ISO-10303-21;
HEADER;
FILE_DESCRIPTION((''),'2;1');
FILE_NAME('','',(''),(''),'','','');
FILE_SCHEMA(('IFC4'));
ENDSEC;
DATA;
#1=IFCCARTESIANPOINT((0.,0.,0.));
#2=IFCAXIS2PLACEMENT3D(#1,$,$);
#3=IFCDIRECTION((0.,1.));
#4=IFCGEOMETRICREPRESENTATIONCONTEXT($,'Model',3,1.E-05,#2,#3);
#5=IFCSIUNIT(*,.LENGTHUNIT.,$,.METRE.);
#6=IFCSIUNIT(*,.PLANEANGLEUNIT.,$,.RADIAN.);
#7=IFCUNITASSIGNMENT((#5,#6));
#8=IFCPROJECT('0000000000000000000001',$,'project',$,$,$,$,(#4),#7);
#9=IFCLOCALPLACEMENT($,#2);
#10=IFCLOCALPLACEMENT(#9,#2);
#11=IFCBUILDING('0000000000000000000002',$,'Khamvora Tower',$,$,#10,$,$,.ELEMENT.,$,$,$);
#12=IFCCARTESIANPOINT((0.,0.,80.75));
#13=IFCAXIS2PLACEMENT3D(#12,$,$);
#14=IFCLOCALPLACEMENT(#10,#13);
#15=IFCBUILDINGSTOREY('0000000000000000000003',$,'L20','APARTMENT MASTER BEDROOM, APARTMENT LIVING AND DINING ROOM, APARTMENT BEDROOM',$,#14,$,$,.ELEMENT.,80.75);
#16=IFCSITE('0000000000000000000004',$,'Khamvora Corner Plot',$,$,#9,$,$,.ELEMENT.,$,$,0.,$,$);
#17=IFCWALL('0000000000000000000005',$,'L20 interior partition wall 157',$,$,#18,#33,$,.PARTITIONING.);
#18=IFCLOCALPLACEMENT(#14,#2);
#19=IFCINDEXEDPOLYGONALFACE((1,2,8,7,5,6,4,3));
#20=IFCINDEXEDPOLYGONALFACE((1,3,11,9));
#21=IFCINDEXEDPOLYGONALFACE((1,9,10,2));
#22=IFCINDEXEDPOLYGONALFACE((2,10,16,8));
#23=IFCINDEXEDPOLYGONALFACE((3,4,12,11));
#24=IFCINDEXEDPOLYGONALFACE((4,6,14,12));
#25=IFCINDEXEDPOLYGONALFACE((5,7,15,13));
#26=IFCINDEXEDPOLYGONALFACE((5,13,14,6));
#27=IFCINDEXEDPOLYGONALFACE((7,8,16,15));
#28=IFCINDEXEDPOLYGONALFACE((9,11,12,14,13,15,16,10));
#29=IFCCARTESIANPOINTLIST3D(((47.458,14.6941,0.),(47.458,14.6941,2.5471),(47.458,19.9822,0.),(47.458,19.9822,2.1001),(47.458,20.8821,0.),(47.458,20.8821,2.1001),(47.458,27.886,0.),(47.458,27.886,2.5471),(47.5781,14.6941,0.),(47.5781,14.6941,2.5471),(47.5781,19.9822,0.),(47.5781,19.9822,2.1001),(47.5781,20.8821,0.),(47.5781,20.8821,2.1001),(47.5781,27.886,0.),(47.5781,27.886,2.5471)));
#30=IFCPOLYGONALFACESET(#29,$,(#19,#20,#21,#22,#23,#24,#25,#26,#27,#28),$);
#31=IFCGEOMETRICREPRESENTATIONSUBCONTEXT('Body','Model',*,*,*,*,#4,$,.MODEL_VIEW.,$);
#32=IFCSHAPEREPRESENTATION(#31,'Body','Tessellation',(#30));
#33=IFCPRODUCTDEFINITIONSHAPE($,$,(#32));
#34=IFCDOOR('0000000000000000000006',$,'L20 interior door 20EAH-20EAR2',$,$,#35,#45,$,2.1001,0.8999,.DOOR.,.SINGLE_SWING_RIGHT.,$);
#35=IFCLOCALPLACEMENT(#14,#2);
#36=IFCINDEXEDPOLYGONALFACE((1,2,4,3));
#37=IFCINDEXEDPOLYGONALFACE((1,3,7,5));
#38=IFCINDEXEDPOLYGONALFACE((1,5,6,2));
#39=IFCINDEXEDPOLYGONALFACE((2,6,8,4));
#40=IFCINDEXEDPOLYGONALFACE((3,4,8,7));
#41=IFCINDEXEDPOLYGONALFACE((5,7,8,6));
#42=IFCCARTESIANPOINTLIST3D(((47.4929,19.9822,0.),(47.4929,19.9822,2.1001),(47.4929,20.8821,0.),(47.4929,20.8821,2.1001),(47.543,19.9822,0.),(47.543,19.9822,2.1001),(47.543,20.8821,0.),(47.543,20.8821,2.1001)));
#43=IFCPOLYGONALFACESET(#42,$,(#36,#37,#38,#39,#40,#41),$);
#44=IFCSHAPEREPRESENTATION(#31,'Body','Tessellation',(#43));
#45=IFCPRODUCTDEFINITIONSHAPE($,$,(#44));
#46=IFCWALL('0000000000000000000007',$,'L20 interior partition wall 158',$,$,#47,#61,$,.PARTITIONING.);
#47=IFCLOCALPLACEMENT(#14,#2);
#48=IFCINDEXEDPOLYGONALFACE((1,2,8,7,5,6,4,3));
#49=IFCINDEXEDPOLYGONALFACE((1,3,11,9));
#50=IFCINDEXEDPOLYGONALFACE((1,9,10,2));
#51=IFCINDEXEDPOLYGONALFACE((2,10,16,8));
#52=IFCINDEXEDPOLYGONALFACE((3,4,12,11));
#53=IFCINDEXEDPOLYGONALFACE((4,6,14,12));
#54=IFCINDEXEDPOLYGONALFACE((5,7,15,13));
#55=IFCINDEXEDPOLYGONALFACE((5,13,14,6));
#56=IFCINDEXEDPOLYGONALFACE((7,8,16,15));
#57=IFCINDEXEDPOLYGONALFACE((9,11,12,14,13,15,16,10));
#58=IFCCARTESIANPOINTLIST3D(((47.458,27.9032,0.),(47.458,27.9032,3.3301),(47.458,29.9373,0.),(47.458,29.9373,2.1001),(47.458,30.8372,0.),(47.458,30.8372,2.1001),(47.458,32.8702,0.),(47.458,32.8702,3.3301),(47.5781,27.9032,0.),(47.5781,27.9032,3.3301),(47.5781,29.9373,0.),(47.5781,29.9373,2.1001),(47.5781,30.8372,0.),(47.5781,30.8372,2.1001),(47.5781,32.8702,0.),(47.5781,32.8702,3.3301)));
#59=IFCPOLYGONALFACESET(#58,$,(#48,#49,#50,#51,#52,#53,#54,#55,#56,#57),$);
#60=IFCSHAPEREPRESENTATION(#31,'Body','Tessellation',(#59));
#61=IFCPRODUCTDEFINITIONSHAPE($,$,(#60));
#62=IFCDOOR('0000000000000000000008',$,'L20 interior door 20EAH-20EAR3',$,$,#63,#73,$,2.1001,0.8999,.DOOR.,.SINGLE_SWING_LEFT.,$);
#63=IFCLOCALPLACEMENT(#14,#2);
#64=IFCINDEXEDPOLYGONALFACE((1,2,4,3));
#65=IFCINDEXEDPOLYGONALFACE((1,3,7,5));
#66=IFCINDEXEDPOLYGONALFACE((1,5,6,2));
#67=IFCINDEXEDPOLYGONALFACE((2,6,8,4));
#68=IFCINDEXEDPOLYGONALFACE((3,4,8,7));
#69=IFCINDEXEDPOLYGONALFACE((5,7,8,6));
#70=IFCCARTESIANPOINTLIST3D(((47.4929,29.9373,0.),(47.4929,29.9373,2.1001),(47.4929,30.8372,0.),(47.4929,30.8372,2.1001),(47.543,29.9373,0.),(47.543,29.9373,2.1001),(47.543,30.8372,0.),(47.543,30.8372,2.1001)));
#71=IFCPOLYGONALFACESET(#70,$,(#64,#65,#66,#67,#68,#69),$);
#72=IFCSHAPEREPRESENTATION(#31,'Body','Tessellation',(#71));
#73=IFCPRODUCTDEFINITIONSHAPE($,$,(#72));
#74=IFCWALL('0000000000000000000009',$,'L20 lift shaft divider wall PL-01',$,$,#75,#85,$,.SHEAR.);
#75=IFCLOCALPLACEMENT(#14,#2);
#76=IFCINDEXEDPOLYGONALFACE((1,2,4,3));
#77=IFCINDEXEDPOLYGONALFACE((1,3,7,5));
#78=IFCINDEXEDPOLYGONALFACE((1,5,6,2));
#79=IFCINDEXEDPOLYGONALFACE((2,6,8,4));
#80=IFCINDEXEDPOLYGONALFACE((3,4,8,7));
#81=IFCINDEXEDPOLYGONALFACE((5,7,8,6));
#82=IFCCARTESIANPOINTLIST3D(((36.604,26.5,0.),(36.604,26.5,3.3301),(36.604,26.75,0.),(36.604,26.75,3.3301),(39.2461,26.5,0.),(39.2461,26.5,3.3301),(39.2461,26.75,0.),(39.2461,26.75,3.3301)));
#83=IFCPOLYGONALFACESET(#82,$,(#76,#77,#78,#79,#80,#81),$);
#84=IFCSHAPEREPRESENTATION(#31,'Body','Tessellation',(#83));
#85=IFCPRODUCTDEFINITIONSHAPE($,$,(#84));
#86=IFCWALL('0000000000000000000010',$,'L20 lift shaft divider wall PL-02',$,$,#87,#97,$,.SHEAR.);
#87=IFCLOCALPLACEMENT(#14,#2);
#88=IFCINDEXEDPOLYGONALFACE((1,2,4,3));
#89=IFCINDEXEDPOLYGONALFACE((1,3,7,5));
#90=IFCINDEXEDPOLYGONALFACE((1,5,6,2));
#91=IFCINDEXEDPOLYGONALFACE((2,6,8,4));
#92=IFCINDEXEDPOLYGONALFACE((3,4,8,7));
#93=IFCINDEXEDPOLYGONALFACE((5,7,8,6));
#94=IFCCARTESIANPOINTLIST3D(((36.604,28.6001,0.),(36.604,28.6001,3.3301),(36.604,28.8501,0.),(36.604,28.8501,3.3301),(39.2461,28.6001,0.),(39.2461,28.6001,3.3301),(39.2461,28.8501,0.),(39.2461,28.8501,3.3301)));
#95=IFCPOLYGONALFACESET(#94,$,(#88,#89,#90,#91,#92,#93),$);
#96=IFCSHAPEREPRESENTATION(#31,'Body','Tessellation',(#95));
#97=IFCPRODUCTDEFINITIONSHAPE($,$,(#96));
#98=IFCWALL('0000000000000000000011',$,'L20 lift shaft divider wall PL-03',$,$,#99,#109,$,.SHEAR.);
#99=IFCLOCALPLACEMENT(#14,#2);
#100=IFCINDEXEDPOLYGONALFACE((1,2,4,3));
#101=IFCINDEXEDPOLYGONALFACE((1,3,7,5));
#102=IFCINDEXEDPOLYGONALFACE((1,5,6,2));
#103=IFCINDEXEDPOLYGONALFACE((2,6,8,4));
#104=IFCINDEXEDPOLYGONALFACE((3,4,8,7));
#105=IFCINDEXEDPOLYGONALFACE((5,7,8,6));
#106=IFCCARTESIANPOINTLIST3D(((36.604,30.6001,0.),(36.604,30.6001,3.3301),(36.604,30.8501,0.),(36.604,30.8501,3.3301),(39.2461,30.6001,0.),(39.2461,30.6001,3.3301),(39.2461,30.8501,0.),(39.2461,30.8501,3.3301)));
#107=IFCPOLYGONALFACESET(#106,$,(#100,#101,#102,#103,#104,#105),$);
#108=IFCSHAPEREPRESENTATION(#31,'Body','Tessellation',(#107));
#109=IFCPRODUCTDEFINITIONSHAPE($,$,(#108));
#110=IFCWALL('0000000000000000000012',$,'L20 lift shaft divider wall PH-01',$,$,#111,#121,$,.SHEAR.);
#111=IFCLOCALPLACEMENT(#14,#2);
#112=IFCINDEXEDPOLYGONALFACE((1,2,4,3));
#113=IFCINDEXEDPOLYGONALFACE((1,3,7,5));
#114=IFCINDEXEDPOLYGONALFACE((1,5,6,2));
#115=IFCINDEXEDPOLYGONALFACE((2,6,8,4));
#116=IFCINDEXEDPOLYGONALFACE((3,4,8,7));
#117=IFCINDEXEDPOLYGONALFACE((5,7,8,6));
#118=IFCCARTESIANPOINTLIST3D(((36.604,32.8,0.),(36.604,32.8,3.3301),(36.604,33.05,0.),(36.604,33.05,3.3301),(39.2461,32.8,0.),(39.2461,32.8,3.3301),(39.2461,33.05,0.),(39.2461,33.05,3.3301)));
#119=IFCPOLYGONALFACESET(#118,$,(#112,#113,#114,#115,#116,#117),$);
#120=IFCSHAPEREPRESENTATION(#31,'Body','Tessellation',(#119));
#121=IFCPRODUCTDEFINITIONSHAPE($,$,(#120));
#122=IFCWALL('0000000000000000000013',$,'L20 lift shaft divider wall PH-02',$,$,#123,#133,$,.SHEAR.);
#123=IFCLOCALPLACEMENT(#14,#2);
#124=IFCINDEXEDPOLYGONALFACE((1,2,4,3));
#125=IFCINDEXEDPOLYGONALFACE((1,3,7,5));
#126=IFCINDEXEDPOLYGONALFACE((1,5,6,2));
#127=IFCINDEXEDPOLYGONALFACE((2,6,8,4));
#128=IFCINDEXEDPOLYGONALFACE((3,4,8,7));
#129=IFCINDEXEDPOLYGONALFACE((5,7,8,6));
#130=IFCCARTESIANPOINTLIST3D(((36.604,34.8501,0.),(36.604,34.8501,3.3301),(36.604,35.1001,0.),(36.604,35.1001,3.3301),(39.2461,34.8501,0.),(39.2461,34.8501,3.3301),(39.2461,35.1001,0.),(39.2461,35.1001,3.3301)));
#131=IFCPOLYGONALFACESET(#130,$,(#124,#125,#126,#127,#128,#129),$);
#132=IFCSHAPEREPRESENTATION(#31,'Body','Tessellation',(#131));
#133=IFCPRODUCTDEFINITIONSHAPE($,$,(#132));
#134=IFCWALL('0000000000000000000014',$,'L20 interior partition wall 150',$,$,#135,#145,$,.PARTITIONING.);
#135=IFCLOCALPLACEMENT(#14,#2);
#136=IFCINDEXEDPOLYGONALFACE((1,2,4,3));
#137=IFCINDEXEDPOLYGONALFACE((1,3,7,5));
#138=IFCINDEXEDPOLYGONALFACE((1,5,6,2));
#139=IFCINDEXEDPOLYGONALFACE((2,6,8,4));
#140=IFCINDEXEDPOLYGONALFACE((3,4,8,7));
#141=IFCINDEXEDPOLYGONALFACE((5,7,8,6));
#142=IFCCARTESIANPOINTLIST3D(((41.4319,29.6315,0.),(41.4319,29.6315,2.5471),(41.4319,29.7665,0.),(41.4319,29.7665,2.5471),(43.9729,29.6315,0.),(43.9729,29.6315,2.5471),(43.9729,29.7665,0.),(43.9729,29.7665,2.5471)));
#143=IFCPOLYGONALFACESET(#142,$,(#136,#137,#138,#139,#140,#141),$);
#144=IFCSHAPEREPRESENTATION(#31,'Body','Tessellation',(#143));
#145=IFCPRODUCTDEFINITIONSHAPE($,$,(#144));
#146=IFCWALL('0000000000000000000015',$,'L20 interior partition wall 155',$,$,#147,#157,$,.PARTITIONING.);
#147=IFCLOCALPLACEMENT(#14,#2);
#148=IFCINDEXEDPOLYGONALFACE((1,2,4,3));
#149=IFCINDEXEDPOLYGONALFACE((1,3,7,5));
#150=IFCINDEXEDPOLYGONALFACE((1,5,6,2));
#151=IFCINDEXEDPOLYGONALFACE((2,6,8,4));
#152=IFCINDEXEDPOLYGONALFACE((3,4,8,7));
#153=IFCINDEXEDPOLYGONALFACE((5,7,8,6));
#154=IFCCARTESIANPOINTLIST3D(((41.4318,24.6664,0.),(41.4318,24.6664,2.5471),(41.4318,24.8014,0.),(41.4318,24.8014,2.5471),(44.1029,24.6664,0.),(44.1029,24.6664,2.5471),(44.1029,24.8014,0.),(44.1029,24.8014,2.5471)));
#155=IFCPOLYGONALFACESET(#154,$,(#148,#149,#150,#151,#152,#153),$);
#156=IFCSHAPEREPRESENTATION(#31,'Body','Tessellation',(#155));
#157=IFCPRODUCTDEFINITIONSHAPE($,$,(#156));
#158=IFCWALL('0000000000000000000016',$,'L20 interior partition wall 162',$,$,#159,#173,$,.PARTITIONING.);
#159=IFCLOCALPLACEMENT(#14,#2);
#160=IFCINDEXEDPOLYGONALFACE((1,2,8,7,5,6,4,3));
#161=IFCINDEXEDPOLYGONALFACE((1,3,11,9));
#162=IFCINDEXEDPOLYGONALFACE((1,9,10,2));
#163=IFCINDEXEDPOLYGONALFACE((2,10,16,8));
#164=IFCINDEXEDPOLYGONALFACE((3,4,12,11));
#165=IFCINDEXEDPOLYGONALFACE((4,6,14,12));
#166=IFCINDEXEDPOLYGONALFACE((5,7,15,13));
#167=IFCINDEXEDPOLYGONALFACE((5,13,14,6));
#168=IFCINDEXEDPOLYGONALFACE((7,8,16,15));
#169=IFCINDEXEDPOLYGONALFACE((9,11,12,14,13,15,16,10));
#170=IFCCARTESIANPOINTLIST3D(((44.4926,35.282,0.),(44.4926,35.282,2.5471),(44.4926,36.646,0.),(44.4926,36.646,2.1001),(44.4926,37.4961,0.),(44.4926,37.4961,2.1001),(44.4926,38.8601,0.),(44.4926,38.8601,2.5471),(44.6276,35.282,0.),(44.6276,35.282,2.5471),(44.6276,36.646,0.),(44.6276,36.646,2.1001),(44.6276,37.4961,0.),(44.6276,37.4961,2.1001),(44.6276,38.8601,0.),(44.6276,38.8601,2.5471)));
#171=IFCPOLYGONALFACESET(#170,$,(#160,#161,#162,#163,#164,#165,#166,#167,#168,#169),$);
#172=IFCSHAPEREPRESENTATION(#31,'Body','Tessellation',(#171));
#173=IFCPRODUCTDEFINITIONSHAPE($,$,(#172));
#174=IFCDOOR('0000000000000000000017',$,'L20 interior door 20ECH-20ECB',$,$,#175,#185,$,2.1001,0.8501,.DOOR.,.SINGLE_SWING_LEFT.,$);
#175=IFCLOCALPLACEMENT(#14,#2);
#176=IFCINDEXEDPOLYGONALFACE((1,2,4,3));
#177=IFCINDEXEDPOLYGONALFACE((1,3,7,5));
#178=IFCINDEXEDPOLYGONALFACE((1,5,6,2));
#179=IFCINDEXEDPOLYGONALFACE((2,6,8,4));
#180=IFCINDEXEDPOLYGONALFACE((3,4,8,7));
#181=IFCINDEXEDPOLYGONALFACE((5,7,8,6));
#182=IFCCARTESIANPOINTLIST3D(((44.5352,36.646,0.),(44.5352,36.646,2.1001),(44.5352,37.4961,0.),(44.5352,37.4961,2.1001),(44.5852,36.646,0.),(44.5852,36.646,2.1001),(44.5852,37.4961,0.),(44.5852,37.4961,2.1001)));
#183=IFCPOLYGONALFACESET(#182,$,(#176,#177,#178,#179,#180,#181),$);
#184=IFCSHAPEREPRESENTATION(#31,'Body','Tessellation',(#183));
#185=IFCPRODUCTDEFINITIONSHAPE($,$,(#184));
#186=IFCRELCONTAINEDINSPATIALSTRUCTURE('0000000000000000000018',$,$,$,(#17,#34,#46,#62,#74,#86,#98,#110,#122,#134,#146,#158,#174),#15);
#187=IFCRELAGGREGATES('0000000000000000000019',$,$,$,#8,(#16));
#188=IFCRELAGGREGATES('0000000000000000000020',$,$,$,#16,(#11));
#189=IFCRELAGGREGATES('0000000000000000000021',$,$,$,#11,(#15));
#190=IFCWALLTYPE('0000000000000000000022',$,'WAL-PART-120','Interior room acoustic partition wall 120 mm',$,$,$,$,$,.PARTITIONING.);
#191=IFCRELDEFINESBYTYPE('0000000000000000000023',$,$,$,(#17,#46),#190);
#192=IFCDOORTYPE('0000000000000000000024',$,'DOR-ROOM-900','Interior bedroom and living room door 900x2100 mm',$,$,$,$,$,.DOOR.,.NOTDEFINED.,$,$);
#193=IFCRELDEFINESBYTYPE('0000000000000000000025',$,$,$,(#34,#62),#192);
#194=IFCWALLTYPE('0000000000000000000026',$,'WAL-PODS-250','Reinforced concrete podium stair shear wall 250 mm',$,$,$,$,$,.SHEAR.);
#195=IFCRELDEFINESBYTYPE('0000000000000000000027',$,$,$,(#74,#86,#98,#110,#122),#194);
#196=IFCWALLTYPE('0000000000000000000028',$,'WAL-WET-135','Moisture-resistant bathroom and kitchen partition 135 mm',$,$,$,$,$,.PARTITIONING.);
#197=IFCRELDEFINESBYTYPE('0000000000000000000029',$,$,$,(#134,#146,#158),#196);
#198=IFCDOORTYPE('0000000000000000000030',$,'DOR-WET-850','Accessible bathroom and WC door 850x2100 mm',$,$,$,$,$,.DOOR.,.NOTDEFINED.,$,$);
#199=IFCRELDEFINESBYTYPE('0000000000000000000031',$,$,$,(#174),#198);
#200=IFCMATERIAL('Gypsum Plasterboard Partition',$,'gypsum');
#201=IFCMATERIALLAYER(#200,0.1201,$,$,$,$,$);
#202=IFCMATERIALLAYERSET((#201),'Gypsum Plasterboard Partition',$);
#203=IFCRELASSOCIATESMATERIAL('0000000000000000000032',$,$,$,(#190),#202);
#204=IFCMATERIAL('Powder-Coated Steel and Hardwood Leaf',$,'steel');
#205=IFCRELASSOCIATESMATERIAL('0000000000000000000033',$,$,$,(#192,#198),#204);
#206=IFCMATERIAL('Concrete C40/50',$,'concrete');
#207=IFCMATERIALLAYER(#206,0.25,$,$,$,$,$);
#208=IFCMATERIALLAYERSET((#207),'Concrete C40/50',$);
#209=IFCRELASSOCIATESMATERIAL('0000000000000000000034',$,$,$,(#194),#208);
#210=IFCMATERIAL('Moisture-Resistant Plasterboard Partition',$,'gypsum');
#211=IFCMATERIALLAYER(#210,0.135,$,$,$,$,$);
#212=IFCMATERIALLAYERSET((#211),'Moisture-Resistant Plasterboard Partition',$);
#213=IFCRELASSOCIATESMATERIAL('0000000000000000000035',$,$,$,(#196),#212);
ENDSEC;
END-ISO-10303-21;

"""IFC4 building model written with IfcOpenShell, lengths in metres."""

from ifc_helpers import new_model, si_unit, direction, frame, frame_2d, origin, place, context, subcontext, project, spatial, rectangle, extrude, material, layer, layer_set, type_object, element, fill, save


model = new_model("IFC4")

# Units and contexts
model_context = context("Model", 3, precision=1e-05, world=origin(), true_north=direction((0.0, 1.0)))
body_context = subcontext(model_context, "Body", "Model", "MODEL_VIEW")
ifc_project = project(units=[si_unit("LENGTHUNIT", "METRE"), si_unit("PLANEANGLEUNIT", "RADIAN")], contexts=[model_context])

# Site, building, storey
site_placement = place(None, origin())
site = spatial("IfcSite", under=ifc_project, at=site_placement, Name="Khamvora Corner Plot", CompositionType="ELEMENT", RefElevation=0.0)
building_placement = place(site_placement, origin())
building = spatial("IfcBuilding", under=site, at=building_placement, Name="Khamvora Tower", CompositionType="ELEMENT")
storey_placement = place(building_placement, frame((0.0, 0.0, 80.75)))
storey = spatial("IfcBuildingStorey", under=building, at=storey_placement, Name="L20", Description="APARTMENT MASTER BEDROOM, APARTMENT LIVING AND DINING ROOM, APARTMENT BEDROOM", CompositionType="ELEMENT", Elevation=80.75)

# Shared definitions
ifc_material_1 = material(Name="Powder-Coated Steel and Hardwood Leaf", Category="steel")

# Walls, openings, doors
ifc_material_2 = material(Name="Gypsum Plasterboard Partition", Category="gypsum")
ifc_layer_1 = layer(ifc_material_2, 0.1201)
ifc_layer_set_1 = layer_set([ifc_layer_1], Name="Gypsum Plasterboard Partition")
wall_type_1 = type_object("IfcWallType", Name="WAL-PART-120", Description="Interior room acoustic partition wall 120 mm", PredefinedType="PARTITIONING", material=ifc_layer_set_1)
door_type_1 = type_object("IfcDoorType", Name="DOR-ROOM-900", Description="Interior bedroom and living room door 900x2100 mm", OperationType="NOTDEFINED", PredefinedType="DOOR", material=ifc_material_1)
wall_1_placement = place(storey_placement, frame((47.5181, 27.886, 0.0), z_axis=(0.0, 0.0, 1.0), x_axis=(0.0, -1.0, 0.0)))
wall_1 = element("IfcWall", 1, at=wall_1_placement, inside=storey, type_object=wall_type_1, Name="L20 interior partition wall 157", PredefinedType="PARTITIONING", context=body_context, shape_type="SweptSolid", body=[
    extrude(rectangle(XDim=13.1919, YDim=0.1201, at=frame_2d((6.5959, 0.0))), origin(), (0.0, 0.0, 1.0), 2.5471),
])
opening_1_placement = place(wall_1_placement, frame((7.0039, 0.0, 0.0)))
opening_1 = element("IfcOpeningElement", 2, at=opening_1_placement, cuts=wall_1, PredefinedType="OPENING", context=body_context, shape_type="SweptSolid", body=[
    extrude(rectangle(XDim=0.8999, YDim=2.1001, at=frame_2d((0.45, 1.05))), frame((0.0, 0.0701, 0.0), z_axis=(0.0, -1.0, 0.0), x_axis=(1.0, 0.0, 0.0)), (0.0, 0.0, 1.0), 0.1401),
])
door_1_placement = place(opening_1_placement, origin())
door_1 = element("IfcDoor", 3, at=door_1_placement, inside=storey, type_object=door_type_1, Name="L20 interior door 20EAH-20EAR2", OperationType="SINGLE_SWING_RIGHT", OverallHeight=2.1001, OverallWidth=0.8999, PredefinedType="DOOR", context=body_context, shape_type="SweptSolid", body=[
    extrude(rectangle(XDim=0.8999, YDim=2.1001, at=frame_2d((0.45, 1.05))), frame((0.0, 0.0249, 0.0), z_axis=(0.0, -1.0, 0.0), x_axis=(1.0, 0.0, 0.0)), (0.0, 0.0, 1.0), 0.05),
])
fill(opening_1, door_1)
wall_2_placement = place(storey_placement, frame((47.5181, 32.8701, 0.0), z_axis=(0.0, 0.0, 1.0), x_axis=(0.0, -1.0, 0.0)))
wall_2 = element("IfcWall", 4, at=wall_2_placement, inside=storey, type_object=wall_type_1, Name="L20 interior partition wall 158", PredefinedType="PARTITIONING", context=body_context, shape_type="SweptSolid", body=[
    extrude(rectangle(XDim=4.967, YDim=0.1201, at=frame_2d((2.4834, 0.0))), origin(), (0.0, 0.0, 1.0), 3.3301),
])
opening_2_placement = place(wall_2_placement, frame((2.033, 0.0, 0.0)))
opening_2 = element("IfcOpeningElement", 5, at=opening_2_placement, cuts=wall_2, PredefinedType="OPENING", context=body_context, shape_type="SweptSolid", body=[
    extrude(rectangle(XDim=0.8999, YDim=2.1001, at=frame_2d((0.45, 1.05))), frame((0.0, 0.0701, 0.0), z_axis=(0.0, -1.0, 0.0), x_axis=(1.0, 0.0, 0.0)), (0.0, 0.0, 1.0), 0.1401),
])
door_2_placement = place(opening_2_placement, origin())
door_2 = element("IfcDoor", 6, at=door_2_placement, inside=storey, type_object=door_type_1, Name="L20 interior door 20EAH-20EAR3", OperationType="SINGLE_SWING_LEFT", OverallHeight=2.1001, OverallWidth=0.8999, PredefinedType="DOOR", context=body_context, shape_type="SweptSolid", body=[
    extrude(rectangle(XDim=0.8999, YDim=2.1001, at=frame_2d((0.45, 1.05))), frame((0.0, 0.0249, 0.0), z_axis=(0.0, -1.0, 0.0), x_axis=(1.0, 0.0, 0.0)), (0.0, 0.0, 1.0), 0.05),
])
fill(opening_2, door_2)

# Walls
ifc_material_3 = material(Name="Concrete C40/50", Category="concrete")
ifc_layer_2 = layer(ifc_material_3, 0.25)
ifc_layer_set_2 = layer_set([ifc_layer_2], Name="Concrete C40/50")
wall_type_2 = type_object("IfcWallType", Name="WAL-PODS-250", Description="Reinforced concrete podium stair shear wall 250 mm", PredefinedType="SHEAR", material=ifc_layer_set_2)
for number, where, z_axis, x_axis, name in (
    (7, (36.604, 26.625, 0.0), (0.0, 0.0, 1.0), (1.0, 0.0, 0.0), "L20 lift shaft divider wall PL-01"),
    (8, (36.604, 28.7251, 0.0), (0.0, 0.0, 1.0), (1.0, 0.0, 0.0), "L20 lift shaft divider wall PL-02"),
    (9, (36.604, 30.7251, 0.0), (0.0, 0.0, 1.0), (1.0, 0.0, 0.0), "L20 lift shaft divider wall PL-03"),
    (10, (36.604, 32.925, 0.0), (0.0, 0.0, 1.0), (1.0, 0.0, 0.0), "L20 lift shaft divider wall PH-01"),
    (11, (36.604, 34.9751, 0.0), (0.0, 0.0, 1.0), (1.0, 0.0, 0.0), "L20 lift shaft divider wall PH-02"),
):
    element("IfcWall", number, at=place(storey_placement, frame(where, z_axis=z_axis, x_axis=x_axis)), inside=storey, type_object=wall_type_2, Name=name, PredefinedType="SHEAR", context=body_context, shape_type="SweptSolid", body=[
        extrude(rectangle(XDim=2.6421, YDim=0.25, at=frame_2d((1.321, 0.0))), origin(), (0.0, 0.0, 1.0), 3.3301),
    ])
ifc_material_4 = material(Name="Moisture-Resistant Plasterboard Partition", Category="gypsum")
ifc_layer_3 = layer(ifc_material_4, 0.135)
ifc_layer_set_3 = layer_set([ifc_layer_3], Name="Moisture-Resistant Plasterboard Partition")
wall_type_3 = type_object("IfcWallType", Name="WAL-WET-135", Description="Moisture-resistant bathroom and kitchen partition 135 mm", PredefinedType="PARTITIONING", material=ifc_layer_set_3)
wall_3_placement = place(storey_placement, frame((43.9729, 29.699, 0.0), z_axis=(0.0, 0.0, 1.0), x_axis=(-1.0, 0.0, 0.0)))
element("IfcWall", 12, at=wall_3_placement, inside=storey, type_object=wall_type_3, Name="L20 interior partition wall 150", PredefinedType="PARTITIONING", context=body_context, shape_type="SweptSolid", body=[
    extrude(rectangle(XDim=2.541, YDim=0.135, at=frame_2d((1.2705, 0.0))), origin(), (0.0, 0.0, 1.0), 2.5471),
])
wall_4_placement = place(storey_placement, frame((41.4319, 24.7339, 0.0), z_axis=(0.0, 0.0, 1.0), x_axis=(1.0, 0.0, 0.0)))
element("IfcWall", 13, at=wall_4_placement, inside=storey, type_object=wall_type_3, Name="L20 interior partition wall 155", PredefinedType="PARTITIONING", context=body_context, shape_type="SweptSolid", body=[
    extrude(rectangle(XDim=2.6711, YDim=0.135, at=frame_2d((1.3354, 0.0))), origin(), (0.0, 0.0, 1.0), 2.5471),
])

# Wall, opening, door
wall_5_placement = place(storey_placement, frame((44.5601, 35.282, 0.0), z_axis=(0.0, 0.0, 1.0), x_axis=(0.0, 1.0, 0.0)))
wall_5 = element("IfcWall", 14, at=wall_5_placement, inside=storey, type_object=wall_type_3, Name="L20 interior partition wall 162", PredefinedType="PARTITIONING", context=body_context, shape_type="SweptSolid", body=[
    extrude(rectangle(XDim=3.5781, YDim=0.135, at=frame_2d((1.7891, 0.0))), origin(), (0.0, 0.0, 1.0), 2.5471),
])
opening_3_placement = place(wall_5_placement, frame((1.364, 0.0, 0.0)))
opening_3 = element("IfcOpeningElement", 15, at=opening_3_placement, cuts=wall_5, PredefinedType="OPENING", context=body_context, shape_type="SweptSolid", body=[
    extrude(rectangle(XDim=0.8501, YDim=2.1001, at=frame_2d((0.425, 1.05))), frame((0.0, 0.0774, 0.0), z_axis=(0.0, -1.0, 0.0), x_axis=(1.0, 0.0, 0.0)), (0.0, 0.0, 1.0), 0.155),
])
door_type_2 = type_object("IfcDoorType", Name="DOR-WET-850", Description="Accessible bathroom and WC door 850x2100 mm", OperationType="NOTDEFINED", PredefinedType="DOOR", material=ifc_material_1)
door_3_placement = place(opening_3_placement, origin())
door_3 = element("IfcDoor", 16, at=door_3_placement, inside=storey, type_object=door_type_2, Name="L20 interior door 20ECH-20ECB", OperationType="SINGLE_SWING_LEFT", OverallHeight=2.1001, OverallWidth=0.8501, PredefinedType="DOOR", context=body_context, shape_type="SweptSolid", body=[
    extrude(rectangle(XDim=0.8501, YDim=2.1001, at=frame_2d((0.425, 1.05))), frame((0.0, 0.0249, 0.0), z_axis=(0.0, -1.0, 0.0), x_axis=(1.0, 0.0, 0.0)), (0.0, 0.0, 1.0), 0.05),
])
fill(opening_3, door_3)

save(model, "model.ifc")
